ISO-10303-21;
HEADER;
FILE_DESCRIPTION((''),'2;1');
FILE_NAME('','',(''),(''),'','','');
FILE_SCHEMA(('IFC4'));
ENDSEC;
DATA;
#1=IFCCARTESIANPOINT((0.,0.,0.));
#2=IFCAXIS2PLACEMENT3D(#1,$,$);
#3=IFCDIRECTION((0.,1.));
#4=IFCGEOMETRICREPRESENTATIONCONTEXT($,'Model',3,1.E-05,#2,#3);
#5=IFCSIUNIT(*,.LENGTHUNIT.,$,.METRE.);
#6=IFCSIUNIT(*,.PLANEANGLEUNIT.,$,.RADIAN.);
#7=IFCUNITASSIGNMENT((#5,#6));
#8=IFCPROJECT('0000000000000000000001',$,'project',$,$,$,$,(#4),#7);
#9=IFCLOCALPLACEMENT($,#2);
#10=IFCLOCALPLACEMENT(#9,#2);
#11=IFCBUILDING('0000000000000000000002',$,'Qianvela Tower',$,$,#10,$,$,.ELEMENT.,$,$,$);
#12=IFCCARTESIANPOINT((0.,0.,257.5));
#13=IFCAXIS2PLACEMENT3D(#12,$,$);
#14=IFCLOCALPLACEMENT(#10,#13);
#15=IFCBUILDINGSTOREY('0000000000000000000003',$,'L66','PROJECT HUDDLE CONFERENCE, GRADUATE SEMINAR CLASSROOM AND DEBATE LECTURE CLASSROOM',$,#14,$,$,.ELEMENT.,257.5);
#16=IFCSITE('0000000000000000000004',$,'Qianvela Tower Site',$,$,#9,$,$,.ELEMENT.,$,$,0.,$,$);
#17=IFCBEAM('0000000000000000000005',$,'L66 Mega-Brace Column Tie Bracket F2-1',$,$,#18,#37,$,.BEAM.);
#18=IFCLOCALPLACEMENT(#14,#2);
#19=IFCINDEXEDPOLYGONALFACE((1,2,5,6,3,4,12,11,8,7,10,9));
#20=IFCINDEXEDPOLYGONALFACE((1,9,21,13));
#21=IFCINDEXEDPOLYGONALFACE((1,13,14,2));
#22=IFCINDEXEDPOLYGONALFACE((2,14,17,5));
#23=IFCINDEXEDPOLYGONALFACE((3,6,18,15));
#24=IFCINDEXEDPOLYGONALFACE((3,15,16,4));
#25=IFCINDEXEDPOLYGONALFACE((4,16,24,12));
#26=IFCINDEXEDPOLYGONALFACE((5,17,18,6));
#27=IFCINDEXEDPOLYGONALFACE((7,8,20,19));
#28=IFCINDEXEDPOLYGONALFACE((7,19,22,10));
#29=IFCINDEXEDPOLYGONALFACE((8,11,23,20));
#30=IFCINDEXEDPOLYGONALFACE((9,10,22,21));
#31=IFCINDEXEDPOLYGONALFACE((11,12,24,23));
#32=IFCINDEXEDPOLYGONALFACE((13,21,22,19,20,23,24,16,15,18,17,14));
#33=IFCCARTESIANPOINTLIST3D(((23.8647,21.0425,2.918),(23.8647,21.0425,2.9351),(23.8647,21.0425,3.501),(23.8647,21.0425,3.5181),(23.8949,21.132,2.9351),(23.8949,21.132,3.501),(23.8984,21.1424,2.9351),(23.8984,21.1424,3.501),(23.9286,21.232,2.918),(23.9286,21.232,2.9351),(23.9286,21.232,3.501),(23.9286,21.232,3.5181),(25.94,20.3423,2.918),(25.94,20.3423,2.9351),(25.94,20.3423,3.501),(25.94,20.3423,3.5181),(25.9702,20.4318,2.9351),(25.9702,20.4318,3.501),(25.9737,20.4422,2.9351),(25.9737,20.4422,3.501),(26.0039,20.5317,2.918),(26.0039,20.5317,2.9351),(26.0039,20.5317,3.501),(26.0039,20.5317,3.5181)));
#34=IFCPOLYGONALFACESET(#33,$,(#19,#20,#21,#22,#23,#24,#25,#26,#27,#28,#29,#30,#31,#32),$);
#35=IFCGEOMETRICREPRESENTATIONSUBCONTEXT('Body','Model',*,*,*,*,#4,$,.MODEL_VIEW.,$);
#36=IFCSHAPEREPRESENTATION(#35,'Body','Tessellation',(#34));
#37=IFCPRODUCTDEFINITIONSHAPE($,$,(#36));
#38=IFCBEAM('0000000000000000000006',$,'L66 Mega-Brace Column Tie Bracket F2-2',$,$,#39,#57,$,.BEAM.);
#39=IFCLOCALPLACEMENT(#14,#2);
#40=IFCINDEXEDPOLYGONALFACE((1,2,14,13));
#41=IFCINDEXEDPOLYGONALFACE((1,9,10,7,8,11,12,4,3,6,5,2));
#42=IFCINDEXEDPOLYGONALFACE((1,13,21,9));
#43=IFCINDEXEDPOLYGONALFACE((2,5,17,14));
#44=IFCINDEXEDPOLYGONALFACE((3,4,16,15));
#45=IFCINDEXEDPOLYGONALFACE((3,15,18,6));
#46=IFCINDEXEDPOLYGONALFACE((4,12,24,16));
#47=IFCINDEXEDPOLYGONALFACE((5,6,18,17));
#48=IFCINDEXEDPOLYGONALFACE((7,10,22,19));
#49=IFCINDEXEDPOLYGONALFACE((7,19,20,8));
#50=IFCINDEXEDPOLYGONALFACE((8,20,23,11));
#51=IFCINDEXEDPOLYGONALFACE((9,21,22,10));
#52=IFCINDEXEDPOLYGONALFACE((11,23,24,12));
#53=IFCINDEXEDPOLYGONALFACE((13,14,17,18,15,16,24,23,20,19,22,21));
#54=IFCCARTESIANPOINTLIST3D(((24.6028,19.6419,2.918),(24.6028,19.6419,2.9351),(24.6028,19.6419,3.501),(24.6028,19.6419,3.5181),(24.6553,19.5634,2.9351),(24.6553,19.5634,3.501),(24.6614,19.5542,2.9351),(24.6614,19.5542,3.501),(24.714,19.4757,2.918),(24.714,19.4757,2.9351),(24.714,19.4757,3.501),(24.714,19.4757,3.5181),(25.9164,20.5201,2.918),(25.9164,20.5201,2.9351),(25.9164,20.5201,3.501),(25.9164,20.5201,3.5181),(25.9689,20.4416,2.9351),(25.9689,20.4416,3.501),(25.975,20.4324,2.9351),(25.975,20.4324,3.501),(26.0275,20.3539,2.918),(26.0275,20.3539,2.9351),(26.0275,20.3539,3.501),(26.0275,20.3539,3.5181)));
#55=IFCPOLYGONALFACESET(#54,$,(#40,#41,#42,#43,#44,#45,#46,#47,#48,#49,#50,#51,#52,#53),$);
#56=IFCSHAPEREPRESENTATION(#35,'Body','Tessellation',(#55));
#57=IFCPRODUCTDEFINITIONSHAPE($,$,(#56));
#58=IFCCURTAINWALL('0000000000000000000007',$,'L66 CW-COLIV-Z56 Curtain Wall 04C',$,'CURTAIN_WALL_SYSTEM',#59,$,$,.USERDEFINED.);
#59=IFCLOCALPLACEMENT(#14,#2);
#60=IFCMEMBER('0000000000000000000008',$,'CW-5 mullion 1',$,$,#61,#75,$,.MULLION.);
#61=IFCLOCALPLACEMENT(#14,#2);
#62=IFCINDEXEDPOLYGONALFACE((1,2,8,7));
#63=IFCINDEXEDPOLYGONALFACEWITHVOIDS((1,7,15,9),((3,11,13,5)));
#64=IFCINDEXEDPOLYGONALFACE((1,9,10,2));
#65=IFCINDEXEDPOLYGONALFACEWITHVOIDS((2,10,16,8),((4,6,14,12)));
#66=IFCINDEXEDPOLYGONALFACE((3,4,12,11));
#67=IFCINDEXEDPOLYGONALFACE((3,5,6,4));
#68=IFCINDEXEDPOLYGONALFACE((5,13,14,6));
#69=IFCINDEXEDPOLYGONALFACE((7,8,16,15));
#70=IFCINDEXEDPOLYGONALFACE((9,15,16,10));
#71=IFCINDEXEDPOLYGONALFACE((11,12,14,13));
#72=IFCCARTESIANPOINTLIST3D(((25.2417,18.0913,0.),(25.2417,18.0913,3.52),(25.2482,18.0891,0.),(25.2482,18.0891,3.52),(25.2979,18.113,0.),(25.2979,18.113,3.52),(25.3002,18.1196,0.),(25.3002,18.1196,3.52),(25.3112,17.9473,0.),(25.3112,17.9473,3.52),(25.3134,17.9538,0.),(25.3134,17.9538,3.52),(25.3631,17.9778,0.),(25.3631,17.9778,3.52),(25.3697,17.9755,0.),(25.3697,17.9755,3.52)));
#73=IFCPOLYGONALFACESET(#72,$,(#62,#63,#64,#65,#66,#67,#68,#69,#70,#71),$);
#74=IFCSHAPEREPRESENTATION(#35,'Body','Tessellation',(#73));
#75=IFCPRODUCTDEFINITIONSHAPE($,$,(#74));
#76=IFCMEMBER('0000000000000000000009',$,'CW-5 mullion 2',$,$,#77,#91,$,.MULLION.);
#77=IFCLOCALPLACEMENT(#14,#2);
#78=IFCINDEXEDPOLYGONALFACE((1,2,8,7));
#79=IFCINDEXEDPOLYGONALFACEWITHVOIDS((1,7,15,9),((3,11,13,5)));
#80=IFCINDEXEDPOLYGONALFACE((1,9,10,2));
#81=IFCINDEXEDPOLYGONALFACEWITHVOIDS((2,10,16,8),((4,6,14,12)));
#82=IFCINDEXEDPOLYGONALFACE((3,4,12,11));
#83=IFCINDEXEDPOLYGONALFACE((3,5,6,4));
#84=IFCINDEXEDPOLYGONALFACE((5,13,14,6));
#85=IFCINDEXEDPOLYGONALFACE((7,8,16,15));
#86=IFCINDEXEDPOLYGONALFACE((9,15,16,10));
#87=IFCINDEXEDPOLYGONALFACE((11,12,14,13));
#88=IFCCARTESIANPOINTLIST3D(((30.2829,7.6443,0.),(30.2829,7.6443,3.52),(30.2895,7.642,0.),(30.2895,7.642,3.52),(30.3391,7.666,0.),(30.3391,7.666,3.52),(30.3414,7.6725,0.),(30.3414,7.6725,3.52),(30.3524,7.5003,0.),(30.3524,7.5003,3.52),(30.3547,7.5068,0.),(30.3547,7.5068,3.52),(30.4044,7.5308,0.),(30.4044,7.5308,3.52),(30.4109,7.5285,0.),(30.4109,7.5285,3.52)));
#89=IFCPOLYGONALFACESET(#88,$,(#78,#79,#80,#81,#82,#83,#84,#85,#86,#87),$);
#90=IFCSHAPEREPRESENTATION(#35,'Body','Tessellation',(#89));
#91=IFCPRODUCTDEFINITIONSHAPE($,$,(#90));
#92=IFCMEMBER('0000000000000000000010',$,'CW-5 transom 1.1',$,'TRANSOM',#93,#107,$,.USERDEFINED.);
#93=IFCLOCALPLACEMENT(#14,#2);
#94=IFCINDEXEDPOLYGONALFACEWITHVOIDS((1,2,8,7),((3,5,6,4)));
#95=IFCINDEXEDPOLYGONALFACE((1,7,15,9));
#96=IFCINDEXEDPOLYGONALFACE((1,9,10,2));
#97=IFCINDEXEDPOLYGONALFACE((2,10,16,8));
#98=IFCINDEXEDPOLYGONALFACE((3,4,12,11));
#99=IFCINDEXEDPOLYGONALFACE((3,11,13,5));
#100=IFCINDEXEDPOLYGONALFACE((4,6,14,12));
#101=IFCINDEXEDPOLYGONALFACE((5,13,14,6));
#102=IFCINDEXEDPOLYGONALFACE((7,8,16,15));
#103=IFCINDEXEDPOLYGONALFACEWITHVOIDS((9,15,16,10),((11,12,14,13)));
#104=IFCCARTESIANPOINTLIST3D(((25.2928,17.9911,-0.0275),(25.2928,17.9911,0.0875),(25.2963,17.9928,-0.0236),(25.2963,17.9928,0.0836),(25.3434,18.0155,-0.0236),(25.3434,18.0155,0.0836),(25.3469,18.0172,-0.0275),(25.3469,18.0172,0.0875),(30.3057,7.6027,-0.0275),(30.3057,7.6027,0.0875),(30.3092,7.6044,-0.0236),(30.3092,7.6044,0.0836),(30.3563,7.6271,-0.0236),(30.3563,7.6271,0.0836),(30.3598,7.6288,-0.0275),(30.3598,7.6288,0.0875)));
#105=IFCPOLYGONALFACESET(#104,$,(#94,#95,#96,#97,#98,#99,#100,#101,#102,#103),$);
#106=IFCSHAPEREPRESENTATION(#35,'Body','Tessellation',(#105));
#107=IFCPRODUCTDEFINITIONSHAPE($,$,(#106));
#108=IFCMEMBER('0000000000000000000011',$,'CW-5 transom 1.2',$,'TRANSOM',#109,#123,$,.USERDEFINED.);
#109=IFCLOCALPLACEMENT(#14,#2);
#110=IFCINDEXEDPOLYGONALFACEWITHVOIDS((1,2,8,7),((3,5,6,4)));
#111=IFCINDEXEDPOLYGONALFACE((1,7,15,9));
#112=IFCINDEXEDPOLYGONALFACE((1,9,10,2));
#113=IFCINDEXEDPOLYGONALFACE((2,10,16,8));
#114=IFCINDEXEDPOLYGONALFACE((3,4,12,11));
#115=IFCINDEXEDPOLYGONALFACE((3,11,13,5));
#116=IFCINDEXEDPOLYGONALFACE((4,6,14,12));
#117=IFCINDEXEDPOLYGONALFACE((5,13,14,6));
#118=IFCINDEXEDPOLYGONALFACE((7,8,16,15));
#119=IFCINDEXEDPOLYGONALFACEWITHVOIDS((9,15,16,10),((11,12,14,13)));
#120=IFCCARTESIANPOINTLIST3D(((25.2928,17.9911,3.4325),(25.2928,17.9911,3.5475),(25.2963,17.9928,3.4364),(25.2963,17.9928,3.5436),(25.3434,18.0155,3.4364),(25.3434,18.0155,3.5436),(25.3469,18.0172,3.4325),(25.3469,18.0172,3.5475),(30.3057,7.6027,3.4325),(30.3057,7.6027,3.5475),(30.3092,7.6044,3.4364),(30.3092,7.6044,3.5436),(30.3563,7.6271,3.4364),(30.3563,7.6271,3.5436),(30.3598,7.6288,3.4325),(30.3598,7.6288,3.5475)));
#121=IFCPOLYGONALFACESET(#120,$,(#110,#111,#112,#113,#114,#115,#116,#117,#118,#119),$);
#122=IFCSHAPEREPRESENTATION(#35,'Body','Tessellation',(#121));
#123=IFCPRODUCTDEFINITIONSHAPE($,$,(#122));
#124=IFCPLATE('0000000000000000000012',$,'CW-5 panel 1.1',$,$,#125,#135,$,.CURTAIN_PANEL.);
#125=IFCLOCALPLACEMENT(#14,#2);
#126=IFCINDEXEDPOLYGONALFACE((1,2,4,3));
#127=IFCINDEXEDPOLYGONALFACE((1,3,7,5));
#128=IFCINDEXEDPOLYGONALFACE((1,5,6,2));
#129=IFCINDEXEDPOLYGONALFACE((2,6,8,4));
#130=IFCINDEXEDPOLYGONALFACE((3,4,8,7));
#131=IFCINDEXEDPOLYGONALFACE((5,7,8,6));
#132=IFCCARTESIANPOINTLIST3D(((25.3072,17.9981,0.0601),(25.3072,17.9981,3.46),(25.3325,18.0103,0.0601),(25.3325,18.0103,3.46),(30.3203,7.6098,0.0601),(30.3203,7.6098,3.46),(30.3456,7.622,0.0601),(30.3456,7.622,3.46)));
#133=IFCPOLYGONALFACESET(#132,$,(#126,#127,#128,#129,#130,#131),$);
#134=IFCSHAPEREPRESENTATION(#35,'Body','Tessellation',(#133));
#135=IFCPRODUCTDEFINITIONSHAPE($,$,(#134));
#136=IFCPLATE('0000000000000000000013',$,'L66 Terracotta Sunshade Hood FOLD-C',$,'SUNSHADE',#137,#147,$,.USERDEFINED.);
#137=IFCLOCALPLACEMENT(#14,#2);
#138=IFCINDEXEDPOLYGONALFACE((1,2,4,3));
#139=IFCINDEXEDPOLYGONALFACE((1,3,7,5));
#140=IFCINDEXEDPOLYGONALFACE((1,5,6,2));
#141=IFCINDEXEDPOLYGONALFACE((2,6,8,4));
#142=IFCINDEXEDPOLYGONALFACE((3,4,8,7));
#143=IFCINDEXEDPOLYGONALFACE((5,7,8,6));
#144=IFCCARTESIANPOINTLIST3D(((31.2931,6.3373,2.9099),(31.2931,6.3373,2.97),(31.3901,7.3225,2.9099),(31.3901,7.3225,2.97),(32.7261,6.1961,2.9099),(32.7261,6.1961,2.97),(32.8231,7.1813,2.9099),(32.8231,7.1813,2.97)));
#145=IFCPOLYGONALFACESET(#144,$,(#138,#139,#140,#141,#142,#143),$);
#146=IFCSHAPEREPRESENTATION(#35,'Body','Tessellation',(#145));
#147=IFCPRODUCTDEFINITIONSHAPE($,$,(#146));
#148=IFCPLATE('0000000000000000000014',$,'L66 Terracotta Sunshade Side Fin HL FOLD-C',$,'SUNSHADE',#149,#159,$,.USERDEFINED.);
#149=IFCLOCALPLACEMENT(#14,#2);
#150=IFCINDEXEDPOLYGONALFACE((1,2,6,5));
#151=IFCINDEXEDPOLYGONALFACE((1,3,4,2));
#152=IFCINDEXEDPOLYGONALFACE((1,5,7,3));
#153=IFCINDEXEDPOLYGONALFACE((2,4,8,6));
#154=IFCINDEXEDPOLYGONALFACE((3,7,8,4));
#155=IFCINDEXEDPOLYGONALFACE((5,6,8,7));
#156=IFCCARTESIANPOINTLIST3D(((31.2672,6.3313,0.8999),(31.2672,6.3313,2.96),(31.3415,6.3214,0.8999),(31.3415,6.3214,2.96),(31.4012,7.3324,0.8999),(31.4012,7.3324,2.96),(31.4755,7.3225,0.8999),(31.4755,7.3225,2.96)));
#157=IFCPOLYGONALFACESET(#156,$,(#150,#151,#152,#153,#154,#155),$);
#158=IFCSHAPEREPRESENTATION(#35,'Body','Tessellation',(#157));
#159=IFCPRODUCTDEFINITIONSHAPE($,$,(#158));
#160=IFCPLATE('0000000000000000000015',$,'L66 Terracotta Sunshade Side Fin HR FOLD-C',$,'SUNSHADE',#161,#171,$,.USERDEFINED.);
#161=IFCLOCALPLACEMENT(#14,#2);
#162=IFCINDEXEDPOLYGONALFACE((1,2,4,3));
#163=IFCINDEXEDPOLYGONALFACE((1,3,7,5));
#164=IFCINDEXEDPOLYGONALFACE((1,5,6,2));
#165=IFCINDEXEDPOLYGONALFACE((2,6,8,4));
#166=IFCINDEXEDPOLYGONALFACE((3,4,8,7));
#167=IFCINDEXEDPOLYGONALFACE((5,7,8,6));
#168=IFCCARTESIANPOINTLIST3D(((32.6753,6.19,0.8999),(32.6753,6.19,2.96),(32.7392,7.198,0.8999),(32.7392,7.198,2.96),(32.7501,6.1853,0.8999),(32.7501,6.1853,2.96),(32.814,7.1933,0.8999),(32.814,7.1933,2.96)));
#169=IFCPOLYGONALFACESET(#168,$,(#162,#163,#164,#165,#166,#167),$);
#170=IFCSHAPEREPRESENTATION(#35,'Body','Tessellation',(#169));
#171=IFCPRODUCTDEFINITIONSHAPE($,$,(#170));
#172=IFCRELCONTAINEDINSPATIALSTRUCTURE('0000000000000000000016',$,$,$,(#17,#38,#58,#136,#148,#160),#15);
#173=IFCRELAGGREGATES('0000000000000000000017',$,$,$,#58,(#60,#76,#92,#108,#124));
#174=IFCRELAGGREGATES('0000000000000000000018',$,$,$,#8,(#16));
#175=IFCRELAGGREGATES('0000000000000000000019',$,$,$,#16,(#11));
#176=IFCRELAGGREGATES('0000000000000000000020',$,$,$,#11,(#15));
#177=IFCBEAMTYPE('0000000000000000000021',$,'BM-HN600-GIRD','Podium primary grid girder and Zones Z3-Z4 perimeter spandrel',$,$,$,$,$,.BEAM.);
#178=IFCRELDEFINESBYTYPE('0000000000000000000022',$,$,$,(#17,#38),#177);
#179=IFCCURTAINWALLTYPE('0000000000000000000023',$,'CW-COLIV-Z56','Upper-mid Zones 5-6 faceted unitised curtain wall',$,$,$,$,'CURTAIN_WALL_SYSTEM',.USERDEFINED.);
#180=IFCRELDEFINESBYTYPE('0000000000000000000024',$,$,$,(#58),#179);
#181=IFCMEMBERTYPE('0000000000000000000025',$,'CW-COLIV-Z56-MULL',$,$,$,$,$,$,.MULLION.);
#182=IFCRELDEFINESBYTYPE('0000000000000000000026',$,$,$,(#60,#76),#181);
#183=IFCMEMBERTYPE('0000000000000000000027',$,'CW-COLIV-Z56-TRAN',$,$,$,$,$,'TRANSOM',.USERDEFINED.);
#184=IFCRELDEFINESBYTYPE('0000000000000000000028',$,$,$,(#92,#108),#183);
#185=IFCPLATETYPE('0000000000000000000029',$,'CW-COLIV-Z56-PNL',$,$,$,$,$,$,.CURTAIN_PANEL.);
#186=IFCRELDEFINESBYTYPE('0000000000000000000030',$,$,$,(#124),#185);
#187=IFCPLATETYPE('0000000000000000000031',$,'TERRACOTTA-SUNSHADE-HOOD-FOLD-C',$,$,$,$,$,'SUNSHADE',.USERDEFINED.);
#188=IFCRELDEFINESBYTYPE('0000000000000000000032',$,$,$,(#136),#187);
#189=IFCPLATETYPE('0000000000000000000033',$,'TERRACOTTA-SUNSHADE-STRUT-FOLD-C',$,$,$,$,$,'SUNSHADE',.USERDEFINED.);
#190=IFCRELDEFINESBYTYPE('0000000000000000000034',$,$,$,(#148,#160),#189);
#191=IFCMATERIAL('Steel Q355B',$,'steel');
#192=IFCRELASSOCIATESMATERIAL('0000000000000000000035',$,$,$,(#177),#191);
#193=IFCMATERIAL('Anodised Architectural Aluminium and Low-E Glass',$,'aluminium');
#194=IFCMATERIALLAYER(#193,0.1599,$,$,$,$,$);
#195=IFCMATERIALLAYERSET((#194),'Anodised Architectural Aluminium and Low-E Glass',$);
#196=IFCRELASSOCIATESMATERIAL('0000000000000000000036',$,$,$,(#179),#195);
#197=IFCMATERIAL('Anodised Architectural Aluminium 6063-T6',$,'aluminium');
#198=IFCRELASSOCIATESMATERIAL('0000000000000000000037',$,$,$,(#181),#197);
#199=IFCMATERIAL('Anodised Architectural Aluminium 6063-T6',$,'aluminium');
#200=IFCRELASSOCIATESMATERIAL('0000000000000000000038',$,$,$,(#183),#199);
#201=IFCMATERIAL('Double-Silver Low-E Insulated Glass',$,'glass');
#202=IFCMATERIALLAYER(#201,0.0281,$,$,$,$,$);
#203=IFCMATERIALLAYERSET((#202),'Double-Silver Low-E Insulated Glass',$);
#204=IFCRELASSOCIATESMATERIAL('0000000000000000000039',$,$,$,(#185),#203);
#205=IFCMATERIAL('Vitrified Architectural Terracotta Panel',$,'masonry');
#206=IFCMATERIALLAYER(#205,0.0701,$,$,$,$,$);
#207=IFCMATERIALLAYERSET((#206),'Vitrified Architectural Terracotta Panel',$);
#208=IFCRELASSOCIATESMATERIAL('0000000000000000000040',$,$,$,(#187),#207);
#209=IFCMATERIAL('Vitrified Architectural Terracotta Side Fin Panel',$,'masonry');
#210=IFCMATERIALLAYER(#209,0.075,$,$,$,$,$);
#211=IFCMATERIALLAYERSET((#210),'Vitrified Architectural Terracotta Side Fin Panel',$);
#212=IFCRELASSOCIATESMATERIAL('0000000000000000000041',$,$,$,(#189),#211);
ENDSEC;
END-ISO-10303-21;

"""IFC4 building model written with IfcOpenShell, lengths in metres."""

from ifc_helpers import new_model, si_unit, direction, frame, origin, origin_2d, place, context, subcontext, project, spatial, rectangle, hollow_rectangle, i_section, extrude, material, layer, layer_set, material_profile, profile_set, type_object, element, aggregate, save


model = new_model("IFC4")

# Units and contexts
model_context = context("Model", 3, precision=1e-05, world=origin(), true_north=direction((0.0, 1.0)))
body_context = subcontext(model_context, "Body", "Model", "MODEL_VIEW")
ifc_project = project(units=[si_unit("LENGTHUNIT", "METRE"), si_unit("PLANEANGLEUNIT", "RADIAN")], contexts=[model_context])

# Site, building, storey
site_placement = place(None, origin())
site = spatial("IfcSite", under=ifc_project, at=site_placement, Name="Qianvela Tower Site", CompositionType="ELEMENT", RefElevation=0.0)
building_placement = place(site_placement, origin())
building = spatial("IfcBuilding", under=site, at=building_placement, Name="Qianvela Tower", CompositionType="ELEMENT")
storey_placement = place(building_placement, frame((0.0, 0.0, 257.5)))
storey = spatial("IfcBuildingStorey", under=building, at=storey_placement, Name="L66", Description="PROJECT HUDDLE CONFERENCE, GRADUATE SEMINAR CLASSROOM AND DEBATE LECTURE CLASSROOM", CompositionType="ELEMENT", Elevation=257.5)

# Beams
ifc_material_1 = material(Name="Steel Q355B", Category="steel")
ifc_material_profile_1 = material_profile(ifc_material_1, i_section(OverallWidth=0.2, OverallDepth=0.6001, WebThickness=0.011, FlangeThickness=0.0171, at=origin_2d()), Name="HN600x200x11x17")
ifc_profile_set_1 = profile_set([ifc_material_profile_1], Name="Steel Q355B")
beam_type_1 = type_object("IfcBeamType", Name="BM-HN600-GIRD", Description="Podium primary grid girder and Zones Z3-Z4 perimeter spandrel", PredefinedType="BEAM", material=ifc_profile_set_1)
beam_1_placement = place(storey_placement, frame((25.9719, 20.437, 3.218), z_axis=(-0.947518, 0.319704, 0.0), x_axis=(-0.319704, -0.947518, 0.0)))
element("IfcBeam", 1, at=beam_1_placement, inside=storey, type_object=beam_type_1, Name="L66 Mega-Brace Column Tie Bracket F2-1", PredefinedType="BEAM", context=body_context, shape_type="SweptSolid", body=[
    extrude(i_section(OverallWidth=0.2, OverallDepth=0.6001, WebThickness=0.011, FlangeThickness=0.0171, at=origin_2d()), origin(), (0.0, 0.0, 1.0), 2.1902),
])
beam_2_placement = place(storey_placement, frame((25.9719, 20.437, 3.218), z_axis=(-0.831313, -0.555805, 0.0), x_axis=(0.555805, -0.831313, 0.0)))
element("IfcBeam", 2, at=beam_2_placement, inside=storey, type_object=beam_type_1, Name="L66 Mega-Brace Column Tie Bracket F2-2", PredefinedType="BEAM", context=body_context, shape_type="SweptSolid", body=[
    extrude(i_section(OverallWidth=0.2, OverallDepth=0.6001, WebThickness=0.011, FlangeThickness=0.0171, at=origin_2d()), origin(), (0.0, 0.0, 1.0), 1.5801),
])

# Curtain wall, members, plate
ifc_material_2 = material(Name="Anodised Architectural Aluminium and Low-E Glass", Category="aluminium")
ifc_layer_1 = layer(ifc_material_2, 0.1599)
ifc_layer_set_1 = layer_set([ifc_layer_1], Name="Anodised Architectural Aluminium and Low-E Glass")
curtain_wall_type = type_object("IfcCurtainWallType", Name="CW-COLIV-Z56", Description="Upper-mid Zones 5-6 faceted unitised curtain wall", ElementType="CURTAIN_WALL_SYSTEM", PredefinedType="USERDEFINED", material=ifc_layer_set_1)
curtain_wall_placement = place(storey_placement, origin())
curtain_wall = element("IfcCurtainWall", 3, at=curtain_wall_placement, inside=storey, type_object=curtain_wall_type, Name="L66 CW-COLIV-Z56 Curtain Wall 04C", ObjectType="CURTAIN_WALL_SYSTEM", PredefinedType="USERDEFINED")
ifc_material_3 = material(Name="Anodised Architectural Aluminium 6063-T6", Category="aluminium")
ifc_material_profile_2 = material_profile(ifc_material_3, hollow_rectangle(XDim=0.0649, YDim=0.1599, WallThickness=0.0049, at=origin_2d()), Name="ALU-MULL-65x160")
ifc_profile_set_2 = profile_set([ifc_material_profile_2], Name="Anodised Architectural Aluminium 6063-T6")
member_type_1 = type_object("IfcMemberType", Name="CW-COLIV-Z56-MULL", PredefinedType="MULLION", material=ifc_profile_set_2)
member_1_placement = place(storey_placement, frame((25.3057, 18.0334, 0.0), z_axis=(0.0, 0.0, 1.0), x_axis=(0.900619, 0.434609, 0.0)))
member_1 = element("IfcMember", 4, at=member_1_placement, type_object=member_type_1, Name="CW-5 mullion 1", PredefinedType="MULLION", context=body_context, shape_type="SweptSolid", body=[
    extrude(hollow_rectangle(XDim=0.0649, YDim=0.1599, WallThickness=0.0049, at=origin_2d()), origin(), (0.0, 0.0, 1.0), 3.52),
])
member_2_placement = place(storey_placement, frame((30.3469, 7.5864, 0.0), z_axis=(0.0, 0.0, 1.0), x_axis=(0.900619, 0.434609, 0.0)))
member_2 = element("IfcMember", 5, at=member_2_placement, type_object=member_type_1, Name="CW-5 mullion 2", PredefinedType="MULLION", context=body_context, shape_type="SweptSolid", body=[
    extrude(hollow_rectangle(XDim=0.0649, YDim=0.1599, WallThickness=0.0049, at=origin_2d()), origin(), (0.0, 0.0, 1.0), 3.52),
])
ifc_material_4 = material(Name="Anodised Architectural Aluminium 6063-T6", Category="aluminium")
ifc_material_profile_3 = material_profile(ifc_material_4, hollow_rectangle(XDim=0.0601, YDim=0.115, WallThickness=0.0039, at=origin_2d()), Name="ALU-TRAN-60x115")
ifc_profile_set_3 = profile_set([ifc_material_profile_3], Name="Anodised Architectural Aluminium 6063-T6")
member_type_2 = type_object("IfcMemberType", Name="CW-COLIV-Z56-TRAN", ElementType="TRANSOM", PredefinedType="USERDEFINED", material=ifc_profile_set_3)
member_3_placement = place(storey_placement, frame((25.3198, 18.0042, 0.03), z_axis=(0.434597, -0.900625, 0.0), x_axis=(0.900625, 0.434597, 0.0)))
member_3 = element("IfcMember", 6, at=member_3_placement, type_object=member_type_2, Name="CW-5 transom 1.1", ObjectType="TRANSOM", PredefinedType="USERDEFINED", context=body_context, shape_type="SweptSolid", body=[
    extrude(hollow_rectangle(XDim=0.0601, YDim=0.115, WallThickness=0.0039, at=origin_2d()), origin(), (0.0, 0.0, 1.0), 11.5347),
])
member_4_placement = place(storey_placement, frame((25.3198, 18.0042, 3.49), z_axis=(0.434597, -0.900625, 0.0), x_axis=(0.900625, 0.434597, 0.0)))
member_4 = element("IfcMember", 7, at=member_4_placement, type_object=member_type_2, Name="CW-5 transom 1.2", ObjectType="TRANSOM", PredefinedType="USERDEFINED", context=body_context, shape_type="SweptSolid", body=[
    extrude(hollow_rectangle(XDim=0.0601, YDim=0.115, WallThickness=0.0039, at=origin_2d()), origin(), (0.0, 0.0, 1.0), 11.5347),
])
ifc_material_5 = material(Name="Double-Silver Low-E Insulated Glass", Category="glass")
ifc_layer_2 = layer(ifc_material_5, 0.0281)
ifc_layer_set_2 = layer_set([ifc_layer_2], Name="Double-Silver Low-E Insulated Glass")
plate_type_1 = type_object("IfcPlateType", Name="CW-COLIV-Z56-PNL", PredefinedType="CURTAIN_PANEL", material=ifc_layer_set_2)
plate_1_placement = place(storey_placement, frame((27.8264, 12.8101, 0.0601), z_axis=(0.0, 0.0, 1.0), x_axis=(0.434609, -0.900619, 0.0)))
plate_1 = element("IfcPlate", 8, at=plate_1_placement, type_object=plate_type_1, Name="CW-5 panel 1.1", PredefinedType="CURTAIN_PANEL", context=body_context, shape_type="SweptSolid", body=[
    extrude(rectangle(XDim=11.5347, YDim=0.0281, at=origin_2d()), origin(), (0.0, 0.0, 1.0), 3.3999),
])
aggregate(curtain_wall, [member_1, member_2, member_3, member_4, plate_1])

# Plates
ifc_material_6 = material(Name="Vitrified Architectural Terracotta Panel", Category="masonry")
ifc_layer_3 = layer(ifc_material_6, 0.0701)
ifc_layer_set_3 = layer_set([ifc_layer_3], Name="Vitrified Architectural Terracotta Panel")
plate_type_2 = type_object("IfcPlateType", Name="TERRACOTTA-SUNSHADE-HOOD-FOLD-C", ElementType="SUNSHADE", PredefinedType="USERDEFINED", material=ifc_layer_set_3)
plate_2_placement = place(storey_placement, frame((32.0581, 6.7593, 2.9099), z_axis=(0.0, 0.0, 1.0), x_axis=(0.995181, -0.09805, 0.0)))
element("IfcPlate", 9, at=plate_2_placement, inside=storey, type_object=plate_type_2, Name="L66 Terracotta Sunshade Hood FOLD-C", ObjectType="SUNSHADE", PredefinedType="USERDEFINED", context=body_context, shape_type="SweptSolid", body=[
    extrude(rectangle(XDim=1.4399, YDim=0.99, at=origin_2d()), origin(), (0.0, 0.0, 1.0), 0.0601),
])
ifc_material_7 = material(Name="Vitrified Architectural Terracotta Side Fin Panel", Category="masonry")
ifc_layer_4 = layer(ifc_material_7, 0.075)
ifc_layer_set_4 = layer_set([ifc_layer_4], Name="Vitrified Architectural Terracotta Side Fin Panel")
plate_type_3 = type_object("IfcPlateType", Name="TERRACOTTA-SUNSHADE-STRUT-FOLD-C", ElementType="SUNSHADE", PredefinedType="USERDEFINED", material=ifc_layer_set_4)
for number, where, z_axis, x_axis, name in (
    (10, (31.3713, 6.8269, 0.8999), (0.0, 0.0, 1.0), (0.991153, -0.132722, 0.0), "L66 Terracotta Sunshade Side Fin HL FOLD-C"),
    (11, (32.7446, 6.6917, 0.8999), (0.0, 0.0, 1.0), (0.997997, -0.063259, 0.0), "L66 Terracotta Sunshade Side Fin HR FOLD-C"),
):
    element("IfcPlate", number, at=place(storey_placement, frame(where, z_axis=z_axis, x_axis=x_axis)), inside=storey, type_object=plate_type_3, Name=name, ObjectType="SUNSHADE", PredefinedType="USERDEFINED", context=body_context, shape_type="SweptSolid", body=[
        extrude(rectangle(XDim=0.075, YDim=1.01, at=origin_2d()), origin(), (0.0, 0.0, 1.0), 2.0601),
    ])

save(model, "model.ifc")
